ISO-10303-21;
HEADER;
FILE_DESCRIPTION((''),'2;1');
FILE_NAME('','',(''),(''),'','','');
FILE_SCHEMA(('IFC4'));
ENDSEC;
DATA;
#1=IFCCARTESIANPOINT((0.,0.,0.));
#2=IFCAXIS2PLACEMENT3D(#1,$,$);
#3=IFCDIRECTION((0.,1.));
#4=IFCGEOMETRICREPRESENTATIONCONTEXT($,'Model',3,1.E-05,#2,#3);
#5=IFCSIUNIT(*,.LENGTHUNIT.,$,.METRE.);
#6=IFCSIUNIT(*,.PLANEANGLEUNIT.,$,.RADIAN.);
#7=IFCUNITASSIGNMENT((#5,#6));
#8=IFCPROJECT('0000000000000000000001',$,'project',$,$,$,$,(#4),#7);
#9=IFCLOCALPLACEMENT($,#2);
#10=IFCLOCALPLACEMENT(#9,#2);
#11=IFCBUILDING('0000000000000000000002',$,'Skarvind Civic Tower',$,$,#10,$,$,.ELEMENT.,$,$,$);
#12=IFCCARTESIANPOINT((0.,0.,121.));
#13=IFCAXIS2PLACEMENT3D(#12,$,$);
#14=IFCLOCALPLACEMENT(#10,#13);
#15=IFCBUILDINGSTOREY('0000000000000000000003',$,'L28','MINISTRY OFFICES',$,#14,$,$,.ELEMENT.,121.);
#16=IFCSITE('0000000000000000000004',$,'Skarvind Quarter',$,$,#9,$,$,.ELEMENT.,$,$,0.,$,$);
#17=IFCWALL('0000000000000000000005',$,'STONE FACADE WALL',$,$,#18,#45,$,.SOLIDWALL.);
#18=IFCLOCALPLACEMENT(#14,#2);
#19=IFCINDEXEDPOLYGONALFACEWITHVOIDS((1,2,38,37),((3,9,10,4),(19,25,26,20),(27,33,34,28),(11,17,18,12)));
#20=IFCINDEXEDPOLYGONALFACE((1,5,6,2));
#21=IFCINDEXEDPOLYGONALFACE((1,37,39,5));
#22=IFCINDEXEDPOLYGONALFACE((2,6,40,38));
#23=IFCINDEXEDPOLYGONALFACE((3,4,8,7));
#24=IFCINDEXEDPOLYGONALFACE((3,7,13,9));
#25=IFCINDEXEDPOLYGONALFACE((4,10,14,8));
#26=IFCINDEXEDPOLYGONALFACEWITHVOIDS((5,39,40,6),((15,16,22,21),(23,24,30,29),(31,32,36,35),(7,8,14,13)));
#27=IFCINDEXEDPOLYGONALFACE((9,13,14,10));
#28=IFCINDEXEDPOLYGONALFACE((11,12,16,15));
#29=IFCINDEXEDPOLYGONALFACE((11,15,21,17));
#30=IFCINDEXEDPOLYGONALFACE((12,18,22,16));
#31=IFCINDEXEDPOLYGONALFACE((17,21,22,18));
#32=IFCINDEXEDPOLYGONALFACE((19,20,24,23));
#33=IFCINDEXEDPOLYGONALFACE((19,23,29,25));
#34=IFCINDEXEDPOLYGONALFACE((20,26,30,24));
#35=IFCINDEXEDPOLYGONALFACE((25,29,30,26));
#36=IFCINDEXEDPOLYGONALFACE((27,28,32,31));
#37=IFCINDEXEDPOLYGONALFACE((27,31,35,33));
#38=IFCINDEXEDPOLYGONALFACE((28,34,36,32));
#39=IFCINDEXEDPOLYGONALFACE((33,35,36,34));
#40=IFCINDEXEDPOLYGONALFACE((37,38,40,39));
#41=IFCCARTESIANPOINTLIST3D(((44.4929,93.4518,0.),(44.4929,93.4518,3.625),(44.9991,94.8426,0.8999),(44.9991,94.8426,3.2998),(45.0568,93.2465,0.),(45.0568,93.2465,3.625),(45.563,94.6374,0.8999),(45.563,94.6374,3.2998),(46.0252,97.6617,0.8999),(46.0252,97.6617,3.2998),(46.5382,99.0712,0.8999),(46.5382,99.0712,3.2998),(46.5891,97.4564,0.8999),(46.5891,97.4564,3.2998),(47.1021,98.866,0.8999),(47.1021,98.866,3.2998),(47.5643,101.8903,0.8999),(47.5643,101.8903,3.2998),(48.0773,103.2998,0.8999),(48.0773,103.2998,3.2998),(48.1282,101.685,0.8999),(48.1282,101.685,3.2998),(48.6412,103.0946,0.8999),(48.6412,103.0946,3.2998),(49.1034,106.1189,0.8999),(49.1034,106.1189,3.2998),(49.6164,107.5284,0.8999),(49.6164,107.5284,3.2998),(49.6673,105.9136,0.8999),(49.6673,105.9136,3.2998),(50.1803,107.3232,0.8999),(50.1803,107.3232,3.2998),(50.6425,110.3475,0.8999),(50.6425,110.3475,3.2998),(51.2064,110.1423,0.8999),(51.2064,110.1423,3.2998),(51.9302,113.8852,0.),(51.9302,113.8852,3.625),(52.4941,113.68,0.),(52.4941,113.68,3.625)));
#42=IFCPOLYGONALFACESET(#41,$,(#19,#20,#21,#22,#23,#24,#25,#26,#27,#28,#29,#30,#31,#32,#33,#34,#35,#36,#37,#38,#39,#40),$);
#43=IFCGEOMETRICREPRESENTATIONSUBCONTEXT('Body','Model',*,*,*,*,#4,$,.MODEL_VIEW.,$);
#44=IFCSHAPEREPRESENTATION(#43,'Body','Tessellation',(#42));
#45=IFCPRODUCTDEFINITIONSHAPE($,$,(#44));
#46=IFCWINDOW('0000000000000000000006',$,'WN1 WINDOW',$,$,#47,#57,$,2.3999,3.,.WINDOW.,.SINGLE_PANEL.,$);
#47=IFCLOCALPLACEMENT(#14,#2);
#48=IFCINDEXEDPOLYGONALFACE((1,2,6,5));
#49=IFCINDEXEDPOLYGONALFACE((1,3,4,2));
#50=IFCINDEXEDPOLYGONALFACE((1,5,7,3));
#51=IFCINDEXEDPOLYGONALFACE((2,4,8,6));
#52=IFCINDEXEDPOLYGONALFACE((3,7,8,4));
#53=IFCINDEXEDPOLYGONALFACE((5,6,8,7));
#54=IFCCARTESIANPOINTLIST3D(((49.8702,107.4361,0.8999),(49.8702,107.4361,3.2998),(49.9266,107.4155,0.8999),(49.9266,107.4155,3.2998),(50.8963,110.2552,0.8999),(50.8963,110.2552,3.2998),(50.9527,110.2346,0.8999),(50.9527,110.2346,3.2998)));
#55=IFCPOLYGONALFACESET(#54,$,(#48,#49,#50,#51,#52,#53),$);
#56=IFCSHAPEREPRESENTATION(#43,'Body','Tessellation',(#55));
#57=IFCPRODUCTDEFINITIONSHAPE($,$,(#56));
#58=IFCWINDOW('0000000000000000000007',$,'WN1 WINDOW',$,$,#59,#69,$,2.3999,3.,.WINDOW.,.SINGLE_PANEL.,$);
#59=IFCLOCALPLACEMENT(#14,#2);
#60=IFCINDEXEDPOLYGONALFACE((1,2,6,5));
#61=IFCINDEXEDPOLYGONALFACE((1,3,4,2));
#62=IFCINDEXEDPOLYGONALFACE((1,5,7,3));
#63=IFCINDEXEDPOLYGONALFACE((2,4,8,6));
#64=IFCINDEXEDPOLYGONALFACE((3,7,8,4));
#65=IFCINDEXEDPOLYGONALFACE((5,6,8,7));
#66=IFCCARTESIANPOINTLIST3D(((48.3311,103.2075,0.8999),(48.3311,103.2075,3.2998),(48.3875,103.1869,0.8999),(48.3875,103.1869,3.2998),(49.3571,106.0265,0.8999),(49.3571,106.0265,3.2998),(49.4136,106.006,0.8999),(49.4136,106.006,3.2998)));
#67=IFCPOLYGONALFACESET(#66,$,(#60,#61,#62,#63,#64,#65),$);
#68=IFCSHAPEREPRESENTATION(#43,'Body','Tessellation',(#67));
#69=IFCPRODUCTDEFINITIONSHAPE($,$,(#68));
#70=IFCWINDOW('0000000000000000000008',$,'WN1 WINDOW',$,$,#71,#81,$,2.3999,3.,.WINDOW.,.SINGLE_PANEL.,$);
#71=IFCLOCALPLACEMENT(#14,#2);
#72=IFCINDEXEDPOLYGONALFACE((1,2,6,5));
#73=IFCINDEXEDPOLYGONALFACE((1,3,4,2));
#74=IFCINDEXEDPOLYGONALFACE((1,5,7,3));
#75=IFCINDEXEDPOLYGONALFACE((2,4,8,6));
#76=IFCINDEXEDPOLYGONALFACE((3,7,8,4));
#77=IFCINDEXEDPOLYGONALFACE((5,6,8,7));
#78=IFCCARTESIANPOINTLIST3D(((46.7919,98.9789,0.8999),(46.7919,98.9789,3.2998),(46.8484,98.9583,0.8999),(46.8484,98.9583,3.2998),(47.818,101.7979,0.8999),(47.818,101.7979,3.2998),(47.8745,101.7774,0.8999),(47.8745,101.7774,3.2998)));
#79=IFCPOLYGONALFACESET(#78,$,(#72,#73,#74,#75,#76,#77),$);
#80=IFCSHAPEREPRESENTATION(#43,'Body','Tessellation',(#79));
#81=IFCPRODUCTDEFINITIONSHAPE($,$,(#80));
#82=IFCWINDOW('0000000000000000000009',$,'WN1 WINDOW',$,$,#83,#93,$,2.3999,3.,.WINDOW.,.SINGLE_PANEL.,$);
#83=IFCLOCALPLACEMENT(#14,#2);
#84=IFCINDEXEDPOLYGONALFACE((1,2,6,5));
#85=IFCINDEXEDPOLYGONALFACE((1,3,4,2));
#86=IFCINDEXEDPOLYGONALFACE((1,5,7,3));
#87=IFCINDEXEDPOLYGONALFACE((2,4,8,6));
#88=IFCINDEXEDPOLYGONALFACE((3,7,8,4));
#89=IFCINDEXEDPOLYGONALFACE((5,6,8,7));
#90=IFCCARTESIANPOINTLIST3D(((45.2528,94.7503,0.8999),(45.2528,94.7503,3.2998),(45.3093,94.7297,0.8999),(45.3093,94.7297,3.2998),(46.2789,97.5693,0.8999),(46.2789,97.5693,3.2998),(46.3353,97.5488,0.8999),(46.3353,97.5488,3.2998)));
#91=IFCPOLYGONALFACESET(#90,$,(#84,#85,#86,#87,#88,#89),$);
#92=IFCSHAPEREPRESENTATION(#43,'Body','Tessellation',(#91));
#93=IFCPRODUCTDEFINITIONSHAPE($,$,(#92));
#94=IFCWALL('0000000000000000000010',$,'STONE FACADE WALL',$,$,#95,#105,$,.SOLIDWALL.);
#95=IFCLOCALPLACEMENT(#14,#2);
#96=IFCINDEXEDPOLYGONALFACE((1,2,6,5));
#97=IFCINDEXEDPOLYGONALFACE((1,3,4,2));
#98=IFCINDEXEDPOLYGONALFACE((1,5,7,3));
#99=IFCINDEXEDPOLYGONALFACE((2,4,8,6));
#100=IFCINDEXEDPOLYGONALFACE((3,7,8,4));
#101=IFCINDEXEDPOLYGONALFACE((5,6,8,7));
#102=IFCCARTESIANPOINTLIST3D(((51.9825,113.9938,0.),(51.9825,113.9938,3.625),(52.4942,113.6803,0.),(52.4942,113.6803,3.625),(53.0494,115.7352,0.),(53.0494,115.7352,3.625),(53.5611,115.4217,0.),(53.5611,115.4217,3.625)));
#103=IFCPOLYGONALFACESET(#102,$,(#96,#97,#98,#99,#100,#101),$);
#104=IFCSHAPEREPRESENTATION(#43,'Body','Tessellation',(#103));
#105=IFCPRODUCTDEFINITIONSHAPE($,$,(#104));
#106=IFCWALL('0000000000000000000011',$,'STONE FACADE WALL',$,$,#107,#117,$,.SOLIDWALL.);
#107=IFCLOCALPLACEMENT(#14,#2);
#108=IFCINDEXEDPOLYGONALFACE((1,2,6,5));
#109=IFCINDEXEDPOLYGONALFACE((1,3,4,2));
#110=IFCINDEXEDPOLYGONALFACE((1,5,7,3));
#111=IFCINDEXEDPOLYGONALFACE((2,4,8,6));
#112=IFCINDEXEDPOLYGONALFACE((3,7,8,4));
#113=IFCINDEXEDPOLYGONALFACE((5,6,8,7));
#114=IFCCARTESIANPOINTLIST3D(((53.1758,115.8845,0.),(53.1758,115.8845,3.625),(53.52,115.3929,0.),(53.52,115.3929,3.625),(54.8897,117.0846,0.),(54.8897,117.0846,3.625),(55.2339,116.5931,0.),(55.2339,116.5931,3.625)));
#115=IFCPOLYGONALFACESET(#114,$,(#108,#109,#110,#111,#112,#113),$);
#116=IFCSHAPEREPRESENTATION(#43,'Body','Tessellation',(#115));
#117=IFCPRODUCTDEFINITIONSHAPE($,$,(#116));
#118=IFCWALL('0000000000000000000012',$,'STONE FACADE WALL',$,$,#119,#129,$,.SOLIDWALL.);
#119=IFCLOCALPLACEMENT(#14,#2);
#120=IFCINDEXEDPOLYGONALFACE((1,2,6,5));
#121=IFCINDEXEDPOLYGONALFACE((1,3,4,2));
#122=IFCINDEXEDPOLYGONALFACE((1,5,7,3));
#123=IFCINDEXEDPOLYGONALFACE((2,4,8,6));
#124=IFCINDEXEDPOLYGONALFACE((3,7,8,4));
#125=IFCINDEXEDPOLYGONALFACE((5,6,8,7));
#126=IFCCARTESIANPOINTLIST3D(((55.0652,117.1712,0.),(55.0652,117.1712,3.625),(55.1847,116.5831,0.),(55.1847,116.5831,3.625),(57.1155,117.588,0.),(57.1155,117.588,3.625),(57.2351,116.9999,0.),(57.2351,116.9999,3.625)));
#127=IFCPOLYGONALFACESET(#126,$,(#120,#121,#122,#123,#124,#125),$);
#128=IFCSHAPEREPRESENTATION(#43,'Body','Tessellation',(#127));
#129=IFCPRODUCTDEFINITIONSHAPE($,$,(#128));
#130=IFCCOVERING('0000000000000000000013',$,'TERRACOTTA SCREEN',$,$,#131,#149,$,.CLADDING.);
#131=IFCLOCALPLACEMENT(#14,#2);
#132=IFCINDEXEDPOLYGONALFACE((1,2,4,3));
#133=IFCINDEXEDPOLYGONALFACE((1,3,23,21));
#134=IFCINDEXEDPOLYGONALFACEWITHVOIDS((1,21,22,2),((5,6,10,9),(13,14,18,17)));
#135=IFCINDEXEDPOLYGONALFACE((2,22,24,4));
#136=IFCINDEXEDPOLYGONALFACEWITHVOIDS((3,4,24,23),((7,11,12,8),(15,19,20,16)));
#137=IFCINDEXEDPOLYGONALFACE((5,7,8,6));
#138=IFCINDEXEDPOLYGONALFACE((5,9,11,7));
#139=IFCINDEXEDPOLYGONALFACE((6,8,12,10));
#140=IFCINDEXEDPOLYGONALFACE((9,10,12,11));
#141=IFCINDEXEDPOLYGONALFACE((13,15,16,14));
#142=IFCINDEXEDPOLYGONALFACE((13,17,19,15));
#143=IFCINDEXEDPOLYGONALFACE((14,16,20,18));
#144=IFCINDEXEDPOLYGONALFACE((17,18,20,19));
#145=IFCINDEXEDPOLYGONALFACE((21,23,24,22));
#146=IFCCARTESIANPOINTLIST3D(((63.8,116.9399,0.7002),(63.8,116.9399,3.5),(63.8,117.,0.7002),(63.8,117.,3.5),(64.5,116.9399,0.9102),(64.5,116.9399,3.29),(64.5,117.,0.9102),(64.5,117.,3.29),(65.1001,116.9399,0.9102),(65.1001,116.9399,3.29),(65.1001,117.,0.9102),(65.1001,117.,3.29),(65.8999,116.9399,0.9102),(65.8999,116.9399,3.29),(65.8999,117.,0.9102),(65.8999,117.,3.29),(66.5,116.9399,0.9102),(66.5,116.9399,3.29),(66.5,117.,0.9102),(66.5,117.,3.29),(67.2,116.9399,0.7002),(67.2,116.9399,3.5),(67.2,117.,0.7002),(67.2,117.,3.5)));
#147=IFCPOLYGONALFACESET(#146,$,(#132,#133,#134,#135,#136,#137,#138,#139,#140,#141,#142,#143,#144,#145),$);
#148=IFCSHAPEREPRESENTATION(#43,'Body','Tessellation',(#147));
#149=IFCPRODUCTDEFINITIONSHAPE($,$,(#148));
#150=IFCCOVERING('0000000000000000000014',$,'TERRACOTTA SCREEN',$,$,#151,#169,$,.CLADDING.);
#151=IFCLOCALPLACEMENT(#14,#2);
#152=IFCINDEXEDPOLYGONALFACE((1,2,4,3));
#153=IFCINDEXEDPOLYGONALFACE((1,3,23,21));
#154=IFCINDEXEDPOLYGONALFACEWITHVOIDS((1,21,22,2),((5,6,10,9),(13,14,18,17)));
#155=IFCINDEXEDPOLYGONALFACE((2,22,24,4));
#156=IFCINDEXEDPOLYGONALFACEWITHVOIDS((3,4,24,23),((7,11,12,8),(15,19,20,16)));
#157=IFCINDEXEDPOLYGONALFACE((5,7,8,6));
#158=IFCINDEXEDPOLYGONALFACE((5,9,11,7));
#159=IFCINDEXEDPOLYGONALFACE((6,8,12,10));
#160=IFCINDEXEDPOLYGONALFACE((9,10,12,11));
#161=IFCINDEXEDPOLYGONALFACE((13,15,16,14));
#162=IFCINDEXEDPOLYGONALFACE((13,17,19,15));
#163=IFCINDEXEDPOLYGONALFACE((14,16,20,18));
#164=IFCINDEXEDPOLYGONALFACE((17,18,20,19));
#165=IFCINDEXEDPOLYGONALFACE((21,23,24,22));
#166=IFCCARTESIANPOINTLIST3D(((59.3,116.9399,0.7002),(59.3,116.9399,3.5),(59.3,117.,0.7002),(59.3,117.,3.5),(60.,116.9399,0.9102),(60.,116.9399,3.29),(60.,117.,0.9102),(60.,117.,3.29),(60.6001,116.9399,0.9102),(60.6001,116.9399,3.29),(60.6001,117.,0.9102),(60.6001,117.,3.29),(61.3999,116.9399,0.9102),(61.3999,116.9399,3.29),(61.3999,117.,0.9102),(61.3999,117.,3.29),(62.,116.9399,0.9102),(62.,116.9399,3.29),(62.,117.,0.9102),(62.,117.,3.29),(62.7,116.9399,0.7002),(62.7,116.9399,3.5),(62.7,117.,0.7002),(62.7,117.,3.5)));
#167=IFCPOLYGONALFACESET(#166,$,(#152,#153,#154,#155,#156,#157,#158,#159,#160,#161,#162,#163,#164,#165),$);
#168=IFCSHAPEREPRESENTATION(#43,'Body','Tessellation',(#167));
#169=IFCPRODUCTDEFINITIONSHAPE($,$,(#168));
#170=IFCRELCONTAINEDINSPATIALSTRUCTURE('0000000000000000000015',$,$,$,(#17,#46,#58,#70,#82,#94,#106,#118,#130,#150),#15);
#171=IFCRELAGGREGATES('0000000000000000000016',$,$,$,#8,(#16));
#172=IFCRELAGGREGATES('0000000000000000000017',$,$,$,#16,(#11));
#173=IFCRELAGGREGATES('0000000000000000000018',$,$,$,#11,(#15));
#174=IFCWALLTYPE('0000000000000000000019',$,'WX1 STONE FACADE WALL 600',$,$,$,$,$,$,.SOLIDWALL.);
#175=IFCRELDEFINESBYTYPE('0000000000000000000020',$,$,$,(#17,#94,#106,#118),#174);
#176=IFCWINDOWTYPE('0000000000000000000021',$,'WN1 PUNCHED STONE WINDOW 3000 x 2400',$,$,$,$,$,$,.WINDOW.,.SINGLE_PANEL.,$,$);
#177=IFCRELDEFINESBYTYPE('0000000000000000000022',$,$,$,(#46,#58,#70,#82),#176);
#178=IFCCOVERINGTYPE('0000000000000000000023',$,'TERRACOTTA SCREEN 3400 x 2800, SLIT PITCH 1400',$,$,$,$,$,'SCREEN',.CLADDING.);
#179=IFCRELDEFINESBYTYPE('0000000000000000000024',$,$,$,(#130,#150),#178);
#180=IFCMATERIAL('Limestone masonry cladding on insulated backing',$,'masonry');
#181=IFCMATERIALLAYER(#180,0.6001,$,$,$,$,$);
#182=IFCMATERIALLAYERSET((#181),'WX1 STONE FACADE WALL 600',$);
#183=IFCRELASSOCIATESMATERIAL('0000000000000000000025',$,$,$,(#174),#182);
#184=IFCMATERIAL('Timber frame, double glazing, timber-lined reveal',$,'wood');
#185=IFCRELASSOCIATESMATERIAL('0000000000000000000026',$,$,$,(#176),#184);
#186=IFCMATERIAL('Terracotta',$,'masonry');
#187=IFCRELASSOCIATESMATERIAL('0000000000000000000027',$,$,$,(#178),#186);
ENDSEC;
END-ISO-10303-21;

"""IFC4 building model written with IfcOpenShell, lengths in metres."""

from ifc_helpers import new_model, si_unit, direction, frame, frame_2d, origin, place, context, subcontext, project, spatial, polyline, rectangle, outline, extrude, material, layer, layer_set, material_profile, profile_set, type_object, element, fill, save


model = new_model("IFC4")

# Units and contexts
model_context = context("Model", 3, precision=1e-05, world=origin(), true_north=direction((0.0, 1.0)))
body_context = subcontext(model_context, "Body", "Model", "MODEL_VIEW")
ifc_project = project(units=[si_unit("LENGTHUNIT", "METRE"), si_unit("PLANEANGLEUNIT", "RADIAN")], contexts=[model_context])

# Site, building, storey
site_placement = place(None, origin())
site = spatial("IfcSite", under=ifc_project, at=site_placement, Name="Skarvind Quarter", CompositionType="ELEMENT", RefElevation=0.0)
building_placement = place(site_placement, origin())
building = spatial("IfcBuilding", under=site, at=building_placement, Name="Skarvind Civic Tower", CompositionType="ELEMENT")
storey_placement = place(building_placement, frame((0.0, 0.0, 121.0)))
storey = spatial("IfcBuildingStorey", under=building, at=storey_placement, Name="L28", Description="MINISTRY OFFICES", CompositionType="ELEMENT", Elevation=121.0)

# Wall, openings, windows
ifc_material_1 = material(Name="Limestone masonry cladding on insulated backing", Category="masonry")
ifc_layer_1 = layer(ifc_material_1, 0.6001)
ifc_layer_set_1 = layer_set([ifc_layer_1], Name="WX1 STONE FACADE WALL 600")
wall_type_1 = type_object("IfcWallType", Name="WX1 STONE FACADE WALL 600", PredefinedType="SOLIDWALL", material=ifc_layer_set_1)
wall_1_placement = place(storey_placement, frame((52.2122, 113.7827, 0.0), z_axis=(0.0, 0.0, 1.0), x_axis=(-0.342025, -0.939691, 0.0)))
wall_1 = element("IfcWall", 1, at=wall_1_placement, inside=storey, type_object=wall_type_1, Name="STONE FACADE WALL", PredefinedType="SOLIDWALL", context=body_context, shape_type="SweptSolid", body=[
    extrude(rectangle(XDim=21.7449, YDim=0.6001, at=frame_2d((10.8726, 0.0))), origin(), (0.0, 0.0, 1.0), 3.625),
])
opening_1_placement = place(wall_1_placement, frame((3.7649, 0.0, 0.8999)))
opening_1 = element("IfcOpeningElement", 2, at=opening_1_placement, cuts=wall_1, PredefinedType="OPENING", context=body_context, shape_type="SweptSolid", body=[
    extrude(rectangle(XDim=3.0, YDim=2.3999, at=frame_2d((1.5, 1.2))), frame((0.0, 0.3101, 0.0), z_axis=(0.0, -1.0, 0.0), x_axis=(1.0, 0.0, 0.0)), (0.0, 0.0, 1.0), 0.6201),
])
opening_2_placement = place(wall_1_placement, frame((8.2649, 0.0, 0.8999)))
opening_2 = element("IfcOpeningElement", 3, at=opening_2_placement, cuts=wall_1, PredefinedType="OPENING", context=body_context, shape_type="SweptSolid", body=[
    extrude(rectangle(XDim=3.0, YDim=2.3999, at=frame_2d((1.5, 1.2))), frame((0.0, 0.3101, 0.0), z_axis=(0.0, -1.0, 0.0), x_axis=(1.0, 0.0, 0.0)), (0.0, 0.0, 1.0), 0.6201),
])
opening_3_placement = place(wall_1_placement, frame((12.7649, 0.0, 0.8999)))
opening_3 = element("IfcOpeningElement", 4, at=opening_3_placement, cuts=wall_1, PredefinedType="OPENING", context=body_context, shape_type="SweptSolid", body=[
    extrude(rectangle(XDim=3.0, YDim=2.3999, at=frame_2d((1.5, 1.2))), frame((0.0, 0.3101, 0.0), z_axis=(0.0, -1.0, 0.0), x_axis=(1.0, 0.0, 0.0)), (0.0, 0.0, 1.0), 0.6201),
])
opening_4_placement = place(wall_1_placement, frame((17.2649, 0.0, 0.8999)))
opening_4 = element("IfcOpeningElement", 5, at=opening_4_placement, cuts=wall_1, PredefinedType="OPENING", context=body_context, shape_type="SweptSolid", body=[
    extrude(rectangle(XDim=3.0, YDim=2.3999, at=frame_2d((1.5, 1.2))), frame((0.0, 0.3101, 0.0), z_axis=(0.0, -1.0, 0.0), x_axis=(1.0, 0.0, 0.0)), (0.0, 0.0, 1.0), 0.6201),
])
ifc_material_2 = material(Name="Timber frame, double glazing, timber-lined reveal", Category="wood")
window_type = type_object("IfcWindowType", Name="WN1 PUNCHED STONE WINDOW 3000 x 2400", PartitioningType="SINGLE_PANEL", PredefinedType="WINDOW", material=ifc_material_2)
window_1_placement = place(opening_1_placement, origin())
window_1 = element("IfcWindow", 6, at=window_1_placement, inside=storey, type_object=window_type, Name="WN1 WINDOW", OverallHeight=2.3999, OverallWidth=3.0, PartitioningType="SINGLE_PANEL", PredefinedType="WINDOW", context=body_context, shape_type="SweptSolid", body=[
    extrude(rectangle(XDim=3.0, YDim=2.3999, at=frame_2d((1.5, 1.2))), frame((0.0, 0.03, 0.0), z_axis=(0.0, -1.0, 0.0), x_axis=(1.0, 0.0, 0.0)), (0.0, 0.0, 1.0), 0.0601),
])
fill(opening_1, window_1)
window_2_placement = place(opening_2_placement, origin())
window_2 = element("IfcWindow", 7, at=window_2_placement, inside=storey, type_object=window_type, Name="WN1 WINDOW", OverallHeight=2.3999, OverallWidth=3.0, PartitioningType="SINGLE_PANEL", PredefinedType="WINDOW", context=body_context, shape_type="SweptSolid", body=[
    extrude(rectangle(XDim=3.0, YDim=2.3999, at=frame_2d((1.5, 1.2))), frame((0.0, 0.03, 0.0), z_axis=(0.0, -1.0, 0.0), x_axis=(1.0, 0.0, 0.0)), (0.0, 0.0, 1.0), 0.0601),
])
fill(opening_2, window_2)
window_3_placement = place(opening_3_placement, origin())
window_3 = element("IfcWindow", 8, at=window_3_placement, inside=storey, type_object=window_type, Name="WN1 WINDOW", OverallHeight=2.3999, OverallWidth=3.0, PartitioningType="SINGLE_PANEL", PredefinedType="WINDOW", context=body_context, shape_type="SweptSolid", body=[
    extrude(rectangle(XDim=3.0, YDim=2.3999, at=frame_2d((1.5, 1.2))), frame((0.0, 0.03, 0.0), z_axis=(0.0, -1.0, 0.0), x_axis=(1.0, 0.0, 0.0)), (0.0, 0.0, 1.0), 0.0601),
])
fill(opening_3, window_3)
window_4_placement = place(opening_4_placement, origin())
window_4 = element("IfcWindow", 9, at=window_4_placement, inside=storey, type_object=window_type, Name="WN1 WINDOW", OverallHeight=2.3999, OverallWidth=3.0, PartitioningType="SINGLE_PANEL", PredefinedType="WINDOW", context=body_context, shape_type="SweptSolid", body=[
    extrude(rectangle(XDim=3.0, YDim=2.3999, at=frame_2d((1.5, 1.2))), frame((0.0, 0.03, 0.0), z_axis=(0.0, -1.0, 0.0), x_axis=(1.0, 0.0, 0.0)), (0.0, 0.0, 1.0), 0.0601),
])
fill(opening_4, window_4)

# Walls
wall_2_placement = place(storey_placement, frame((53.3052, 115.5784, 0.0), z_axis=(0.0, 0.0, 1.0), x_axis=(-0.522402, -0.852699, 0.0)))
element("IfcWall", 10, at=wall_2_placement, inside=storey, type_object=wall_type_1, Name="STONE FACADE WALL", PredefinedType="SOLIDWALL", context=body_context, shape_type="SweptSolid", body=[
    extrude(rectangle(XDim=2.0422, YDim=0.6001, at=frame_2d((1.021, 0.0))), origin(), (0.0, 0.0, 1.0), 3.625),
])
for number, where, z_axis, x_axis, name in (
    (11, (55.0618, 116.8389, 0.0), (0.0, 0.0, 1.0), (-0.819122, -0.573619, 0.0), "STONE FACADE WALL"),
    (12, (57.1753, 117.2939, 0.0), (0.0, 0.0, 1.0), (-0.979961, -0.199189, 0.0), "STONE FACADE WALL"),
):
    element("IfcWall", number, at=place(storey_placement, frame(where, z_axis=z_axis, x_axis=x_axis)), inside=storey, type_object=wall_type_1, Name=name, PredefinedType="SOLIDWALL", context=body_context, shape_type="SweptSolid", body=[
        extrude(rectangle(XDim=2.0923, YDim=0.6001, at=frame_2d((1.0461, 0.0))), origin(), (0.0, 0.0, 1.0), 3.625),
    ])

# Coverings
ifc_material_3 = material(Name="Terracotta", Category="masonry")
ifc_material_profile_1 = material_profile(ifc_material_3, outline(polyline([(-1.7, -1.3999), (1.7, -1.3999), (1.7, 1.3999), (-1.7, 1.3999), (-1.7, -1.3999)]), holes=[polyline([(-1.0, -1.1899), (-0.3999, -1.1899), (-0.3999, 1.1899), (-1.0, 1.1899), (-1.0, -1.1899)]), polyline([(0.3999, -1.1899), (1.0, -1.1899), (1.0, 1.1899), (0.3999, 1.1899), (0.3999, -1.1899)])]), Name="TERRACOTTA SCREEN 3400 x 2800, SLIT PITCH 1400")
ifc_profile_set_1 = profile_set([ifc_material_profile_1], Name="Terracotta")
covering_type = type_object("IfcCoveringType", Name="TERRACOTTA SCREEN 3400 x 2800, SLIT PITCH 1400", ElementType="SCREEN", PredefinedType="CLADDING", material=ifc_profile_set_1)
for number, where, z_axis, x_axis, name in (
    (13, (65.5, 117.0, 2.1001), (0.0, -1.0, 0.0), (1.0, 0.0, 0.0), "TERRACOTTA SCREEN"),
    (14, (61.0, 117.0, 2.1001), (0.0, -1.0, 0.0), (1.0, 0.0, 0.0), "TERRACOTTA SCREEN"),
):
    element("IfcCovering", number, at=place(storey_placement, frame(where, z_axis=z_axis, x_axis=x_axis)), inside=storey, type_object=covering_type, Name=name, PredefinedType="CLADDING", context=body_context, shape_type="SweptSolid", body=[
        extrude(outline(polyline([(-1.7, -1.3999), (1.7, -1.3999), (1.7, 1.3999), (-1.7, 1.3999), (-1.7, -1.3999)]), holes=[polyline([(-1.0, -1.1899), (-0.3999, -1.1899), (-0.3999, 1.1899), (-1.0, 1.1899), (-1.0, -1.1899)]), polyline([(0.3999, -1.1899), (1.0, -1.1899), (1.0, 1.1899), (0.3999, 1.1899), (0.3999, -1.1899)])]), origin(), (0.0, 0.0, 1.0), 0.0601),
    ])

save(model, "model.ifc")
